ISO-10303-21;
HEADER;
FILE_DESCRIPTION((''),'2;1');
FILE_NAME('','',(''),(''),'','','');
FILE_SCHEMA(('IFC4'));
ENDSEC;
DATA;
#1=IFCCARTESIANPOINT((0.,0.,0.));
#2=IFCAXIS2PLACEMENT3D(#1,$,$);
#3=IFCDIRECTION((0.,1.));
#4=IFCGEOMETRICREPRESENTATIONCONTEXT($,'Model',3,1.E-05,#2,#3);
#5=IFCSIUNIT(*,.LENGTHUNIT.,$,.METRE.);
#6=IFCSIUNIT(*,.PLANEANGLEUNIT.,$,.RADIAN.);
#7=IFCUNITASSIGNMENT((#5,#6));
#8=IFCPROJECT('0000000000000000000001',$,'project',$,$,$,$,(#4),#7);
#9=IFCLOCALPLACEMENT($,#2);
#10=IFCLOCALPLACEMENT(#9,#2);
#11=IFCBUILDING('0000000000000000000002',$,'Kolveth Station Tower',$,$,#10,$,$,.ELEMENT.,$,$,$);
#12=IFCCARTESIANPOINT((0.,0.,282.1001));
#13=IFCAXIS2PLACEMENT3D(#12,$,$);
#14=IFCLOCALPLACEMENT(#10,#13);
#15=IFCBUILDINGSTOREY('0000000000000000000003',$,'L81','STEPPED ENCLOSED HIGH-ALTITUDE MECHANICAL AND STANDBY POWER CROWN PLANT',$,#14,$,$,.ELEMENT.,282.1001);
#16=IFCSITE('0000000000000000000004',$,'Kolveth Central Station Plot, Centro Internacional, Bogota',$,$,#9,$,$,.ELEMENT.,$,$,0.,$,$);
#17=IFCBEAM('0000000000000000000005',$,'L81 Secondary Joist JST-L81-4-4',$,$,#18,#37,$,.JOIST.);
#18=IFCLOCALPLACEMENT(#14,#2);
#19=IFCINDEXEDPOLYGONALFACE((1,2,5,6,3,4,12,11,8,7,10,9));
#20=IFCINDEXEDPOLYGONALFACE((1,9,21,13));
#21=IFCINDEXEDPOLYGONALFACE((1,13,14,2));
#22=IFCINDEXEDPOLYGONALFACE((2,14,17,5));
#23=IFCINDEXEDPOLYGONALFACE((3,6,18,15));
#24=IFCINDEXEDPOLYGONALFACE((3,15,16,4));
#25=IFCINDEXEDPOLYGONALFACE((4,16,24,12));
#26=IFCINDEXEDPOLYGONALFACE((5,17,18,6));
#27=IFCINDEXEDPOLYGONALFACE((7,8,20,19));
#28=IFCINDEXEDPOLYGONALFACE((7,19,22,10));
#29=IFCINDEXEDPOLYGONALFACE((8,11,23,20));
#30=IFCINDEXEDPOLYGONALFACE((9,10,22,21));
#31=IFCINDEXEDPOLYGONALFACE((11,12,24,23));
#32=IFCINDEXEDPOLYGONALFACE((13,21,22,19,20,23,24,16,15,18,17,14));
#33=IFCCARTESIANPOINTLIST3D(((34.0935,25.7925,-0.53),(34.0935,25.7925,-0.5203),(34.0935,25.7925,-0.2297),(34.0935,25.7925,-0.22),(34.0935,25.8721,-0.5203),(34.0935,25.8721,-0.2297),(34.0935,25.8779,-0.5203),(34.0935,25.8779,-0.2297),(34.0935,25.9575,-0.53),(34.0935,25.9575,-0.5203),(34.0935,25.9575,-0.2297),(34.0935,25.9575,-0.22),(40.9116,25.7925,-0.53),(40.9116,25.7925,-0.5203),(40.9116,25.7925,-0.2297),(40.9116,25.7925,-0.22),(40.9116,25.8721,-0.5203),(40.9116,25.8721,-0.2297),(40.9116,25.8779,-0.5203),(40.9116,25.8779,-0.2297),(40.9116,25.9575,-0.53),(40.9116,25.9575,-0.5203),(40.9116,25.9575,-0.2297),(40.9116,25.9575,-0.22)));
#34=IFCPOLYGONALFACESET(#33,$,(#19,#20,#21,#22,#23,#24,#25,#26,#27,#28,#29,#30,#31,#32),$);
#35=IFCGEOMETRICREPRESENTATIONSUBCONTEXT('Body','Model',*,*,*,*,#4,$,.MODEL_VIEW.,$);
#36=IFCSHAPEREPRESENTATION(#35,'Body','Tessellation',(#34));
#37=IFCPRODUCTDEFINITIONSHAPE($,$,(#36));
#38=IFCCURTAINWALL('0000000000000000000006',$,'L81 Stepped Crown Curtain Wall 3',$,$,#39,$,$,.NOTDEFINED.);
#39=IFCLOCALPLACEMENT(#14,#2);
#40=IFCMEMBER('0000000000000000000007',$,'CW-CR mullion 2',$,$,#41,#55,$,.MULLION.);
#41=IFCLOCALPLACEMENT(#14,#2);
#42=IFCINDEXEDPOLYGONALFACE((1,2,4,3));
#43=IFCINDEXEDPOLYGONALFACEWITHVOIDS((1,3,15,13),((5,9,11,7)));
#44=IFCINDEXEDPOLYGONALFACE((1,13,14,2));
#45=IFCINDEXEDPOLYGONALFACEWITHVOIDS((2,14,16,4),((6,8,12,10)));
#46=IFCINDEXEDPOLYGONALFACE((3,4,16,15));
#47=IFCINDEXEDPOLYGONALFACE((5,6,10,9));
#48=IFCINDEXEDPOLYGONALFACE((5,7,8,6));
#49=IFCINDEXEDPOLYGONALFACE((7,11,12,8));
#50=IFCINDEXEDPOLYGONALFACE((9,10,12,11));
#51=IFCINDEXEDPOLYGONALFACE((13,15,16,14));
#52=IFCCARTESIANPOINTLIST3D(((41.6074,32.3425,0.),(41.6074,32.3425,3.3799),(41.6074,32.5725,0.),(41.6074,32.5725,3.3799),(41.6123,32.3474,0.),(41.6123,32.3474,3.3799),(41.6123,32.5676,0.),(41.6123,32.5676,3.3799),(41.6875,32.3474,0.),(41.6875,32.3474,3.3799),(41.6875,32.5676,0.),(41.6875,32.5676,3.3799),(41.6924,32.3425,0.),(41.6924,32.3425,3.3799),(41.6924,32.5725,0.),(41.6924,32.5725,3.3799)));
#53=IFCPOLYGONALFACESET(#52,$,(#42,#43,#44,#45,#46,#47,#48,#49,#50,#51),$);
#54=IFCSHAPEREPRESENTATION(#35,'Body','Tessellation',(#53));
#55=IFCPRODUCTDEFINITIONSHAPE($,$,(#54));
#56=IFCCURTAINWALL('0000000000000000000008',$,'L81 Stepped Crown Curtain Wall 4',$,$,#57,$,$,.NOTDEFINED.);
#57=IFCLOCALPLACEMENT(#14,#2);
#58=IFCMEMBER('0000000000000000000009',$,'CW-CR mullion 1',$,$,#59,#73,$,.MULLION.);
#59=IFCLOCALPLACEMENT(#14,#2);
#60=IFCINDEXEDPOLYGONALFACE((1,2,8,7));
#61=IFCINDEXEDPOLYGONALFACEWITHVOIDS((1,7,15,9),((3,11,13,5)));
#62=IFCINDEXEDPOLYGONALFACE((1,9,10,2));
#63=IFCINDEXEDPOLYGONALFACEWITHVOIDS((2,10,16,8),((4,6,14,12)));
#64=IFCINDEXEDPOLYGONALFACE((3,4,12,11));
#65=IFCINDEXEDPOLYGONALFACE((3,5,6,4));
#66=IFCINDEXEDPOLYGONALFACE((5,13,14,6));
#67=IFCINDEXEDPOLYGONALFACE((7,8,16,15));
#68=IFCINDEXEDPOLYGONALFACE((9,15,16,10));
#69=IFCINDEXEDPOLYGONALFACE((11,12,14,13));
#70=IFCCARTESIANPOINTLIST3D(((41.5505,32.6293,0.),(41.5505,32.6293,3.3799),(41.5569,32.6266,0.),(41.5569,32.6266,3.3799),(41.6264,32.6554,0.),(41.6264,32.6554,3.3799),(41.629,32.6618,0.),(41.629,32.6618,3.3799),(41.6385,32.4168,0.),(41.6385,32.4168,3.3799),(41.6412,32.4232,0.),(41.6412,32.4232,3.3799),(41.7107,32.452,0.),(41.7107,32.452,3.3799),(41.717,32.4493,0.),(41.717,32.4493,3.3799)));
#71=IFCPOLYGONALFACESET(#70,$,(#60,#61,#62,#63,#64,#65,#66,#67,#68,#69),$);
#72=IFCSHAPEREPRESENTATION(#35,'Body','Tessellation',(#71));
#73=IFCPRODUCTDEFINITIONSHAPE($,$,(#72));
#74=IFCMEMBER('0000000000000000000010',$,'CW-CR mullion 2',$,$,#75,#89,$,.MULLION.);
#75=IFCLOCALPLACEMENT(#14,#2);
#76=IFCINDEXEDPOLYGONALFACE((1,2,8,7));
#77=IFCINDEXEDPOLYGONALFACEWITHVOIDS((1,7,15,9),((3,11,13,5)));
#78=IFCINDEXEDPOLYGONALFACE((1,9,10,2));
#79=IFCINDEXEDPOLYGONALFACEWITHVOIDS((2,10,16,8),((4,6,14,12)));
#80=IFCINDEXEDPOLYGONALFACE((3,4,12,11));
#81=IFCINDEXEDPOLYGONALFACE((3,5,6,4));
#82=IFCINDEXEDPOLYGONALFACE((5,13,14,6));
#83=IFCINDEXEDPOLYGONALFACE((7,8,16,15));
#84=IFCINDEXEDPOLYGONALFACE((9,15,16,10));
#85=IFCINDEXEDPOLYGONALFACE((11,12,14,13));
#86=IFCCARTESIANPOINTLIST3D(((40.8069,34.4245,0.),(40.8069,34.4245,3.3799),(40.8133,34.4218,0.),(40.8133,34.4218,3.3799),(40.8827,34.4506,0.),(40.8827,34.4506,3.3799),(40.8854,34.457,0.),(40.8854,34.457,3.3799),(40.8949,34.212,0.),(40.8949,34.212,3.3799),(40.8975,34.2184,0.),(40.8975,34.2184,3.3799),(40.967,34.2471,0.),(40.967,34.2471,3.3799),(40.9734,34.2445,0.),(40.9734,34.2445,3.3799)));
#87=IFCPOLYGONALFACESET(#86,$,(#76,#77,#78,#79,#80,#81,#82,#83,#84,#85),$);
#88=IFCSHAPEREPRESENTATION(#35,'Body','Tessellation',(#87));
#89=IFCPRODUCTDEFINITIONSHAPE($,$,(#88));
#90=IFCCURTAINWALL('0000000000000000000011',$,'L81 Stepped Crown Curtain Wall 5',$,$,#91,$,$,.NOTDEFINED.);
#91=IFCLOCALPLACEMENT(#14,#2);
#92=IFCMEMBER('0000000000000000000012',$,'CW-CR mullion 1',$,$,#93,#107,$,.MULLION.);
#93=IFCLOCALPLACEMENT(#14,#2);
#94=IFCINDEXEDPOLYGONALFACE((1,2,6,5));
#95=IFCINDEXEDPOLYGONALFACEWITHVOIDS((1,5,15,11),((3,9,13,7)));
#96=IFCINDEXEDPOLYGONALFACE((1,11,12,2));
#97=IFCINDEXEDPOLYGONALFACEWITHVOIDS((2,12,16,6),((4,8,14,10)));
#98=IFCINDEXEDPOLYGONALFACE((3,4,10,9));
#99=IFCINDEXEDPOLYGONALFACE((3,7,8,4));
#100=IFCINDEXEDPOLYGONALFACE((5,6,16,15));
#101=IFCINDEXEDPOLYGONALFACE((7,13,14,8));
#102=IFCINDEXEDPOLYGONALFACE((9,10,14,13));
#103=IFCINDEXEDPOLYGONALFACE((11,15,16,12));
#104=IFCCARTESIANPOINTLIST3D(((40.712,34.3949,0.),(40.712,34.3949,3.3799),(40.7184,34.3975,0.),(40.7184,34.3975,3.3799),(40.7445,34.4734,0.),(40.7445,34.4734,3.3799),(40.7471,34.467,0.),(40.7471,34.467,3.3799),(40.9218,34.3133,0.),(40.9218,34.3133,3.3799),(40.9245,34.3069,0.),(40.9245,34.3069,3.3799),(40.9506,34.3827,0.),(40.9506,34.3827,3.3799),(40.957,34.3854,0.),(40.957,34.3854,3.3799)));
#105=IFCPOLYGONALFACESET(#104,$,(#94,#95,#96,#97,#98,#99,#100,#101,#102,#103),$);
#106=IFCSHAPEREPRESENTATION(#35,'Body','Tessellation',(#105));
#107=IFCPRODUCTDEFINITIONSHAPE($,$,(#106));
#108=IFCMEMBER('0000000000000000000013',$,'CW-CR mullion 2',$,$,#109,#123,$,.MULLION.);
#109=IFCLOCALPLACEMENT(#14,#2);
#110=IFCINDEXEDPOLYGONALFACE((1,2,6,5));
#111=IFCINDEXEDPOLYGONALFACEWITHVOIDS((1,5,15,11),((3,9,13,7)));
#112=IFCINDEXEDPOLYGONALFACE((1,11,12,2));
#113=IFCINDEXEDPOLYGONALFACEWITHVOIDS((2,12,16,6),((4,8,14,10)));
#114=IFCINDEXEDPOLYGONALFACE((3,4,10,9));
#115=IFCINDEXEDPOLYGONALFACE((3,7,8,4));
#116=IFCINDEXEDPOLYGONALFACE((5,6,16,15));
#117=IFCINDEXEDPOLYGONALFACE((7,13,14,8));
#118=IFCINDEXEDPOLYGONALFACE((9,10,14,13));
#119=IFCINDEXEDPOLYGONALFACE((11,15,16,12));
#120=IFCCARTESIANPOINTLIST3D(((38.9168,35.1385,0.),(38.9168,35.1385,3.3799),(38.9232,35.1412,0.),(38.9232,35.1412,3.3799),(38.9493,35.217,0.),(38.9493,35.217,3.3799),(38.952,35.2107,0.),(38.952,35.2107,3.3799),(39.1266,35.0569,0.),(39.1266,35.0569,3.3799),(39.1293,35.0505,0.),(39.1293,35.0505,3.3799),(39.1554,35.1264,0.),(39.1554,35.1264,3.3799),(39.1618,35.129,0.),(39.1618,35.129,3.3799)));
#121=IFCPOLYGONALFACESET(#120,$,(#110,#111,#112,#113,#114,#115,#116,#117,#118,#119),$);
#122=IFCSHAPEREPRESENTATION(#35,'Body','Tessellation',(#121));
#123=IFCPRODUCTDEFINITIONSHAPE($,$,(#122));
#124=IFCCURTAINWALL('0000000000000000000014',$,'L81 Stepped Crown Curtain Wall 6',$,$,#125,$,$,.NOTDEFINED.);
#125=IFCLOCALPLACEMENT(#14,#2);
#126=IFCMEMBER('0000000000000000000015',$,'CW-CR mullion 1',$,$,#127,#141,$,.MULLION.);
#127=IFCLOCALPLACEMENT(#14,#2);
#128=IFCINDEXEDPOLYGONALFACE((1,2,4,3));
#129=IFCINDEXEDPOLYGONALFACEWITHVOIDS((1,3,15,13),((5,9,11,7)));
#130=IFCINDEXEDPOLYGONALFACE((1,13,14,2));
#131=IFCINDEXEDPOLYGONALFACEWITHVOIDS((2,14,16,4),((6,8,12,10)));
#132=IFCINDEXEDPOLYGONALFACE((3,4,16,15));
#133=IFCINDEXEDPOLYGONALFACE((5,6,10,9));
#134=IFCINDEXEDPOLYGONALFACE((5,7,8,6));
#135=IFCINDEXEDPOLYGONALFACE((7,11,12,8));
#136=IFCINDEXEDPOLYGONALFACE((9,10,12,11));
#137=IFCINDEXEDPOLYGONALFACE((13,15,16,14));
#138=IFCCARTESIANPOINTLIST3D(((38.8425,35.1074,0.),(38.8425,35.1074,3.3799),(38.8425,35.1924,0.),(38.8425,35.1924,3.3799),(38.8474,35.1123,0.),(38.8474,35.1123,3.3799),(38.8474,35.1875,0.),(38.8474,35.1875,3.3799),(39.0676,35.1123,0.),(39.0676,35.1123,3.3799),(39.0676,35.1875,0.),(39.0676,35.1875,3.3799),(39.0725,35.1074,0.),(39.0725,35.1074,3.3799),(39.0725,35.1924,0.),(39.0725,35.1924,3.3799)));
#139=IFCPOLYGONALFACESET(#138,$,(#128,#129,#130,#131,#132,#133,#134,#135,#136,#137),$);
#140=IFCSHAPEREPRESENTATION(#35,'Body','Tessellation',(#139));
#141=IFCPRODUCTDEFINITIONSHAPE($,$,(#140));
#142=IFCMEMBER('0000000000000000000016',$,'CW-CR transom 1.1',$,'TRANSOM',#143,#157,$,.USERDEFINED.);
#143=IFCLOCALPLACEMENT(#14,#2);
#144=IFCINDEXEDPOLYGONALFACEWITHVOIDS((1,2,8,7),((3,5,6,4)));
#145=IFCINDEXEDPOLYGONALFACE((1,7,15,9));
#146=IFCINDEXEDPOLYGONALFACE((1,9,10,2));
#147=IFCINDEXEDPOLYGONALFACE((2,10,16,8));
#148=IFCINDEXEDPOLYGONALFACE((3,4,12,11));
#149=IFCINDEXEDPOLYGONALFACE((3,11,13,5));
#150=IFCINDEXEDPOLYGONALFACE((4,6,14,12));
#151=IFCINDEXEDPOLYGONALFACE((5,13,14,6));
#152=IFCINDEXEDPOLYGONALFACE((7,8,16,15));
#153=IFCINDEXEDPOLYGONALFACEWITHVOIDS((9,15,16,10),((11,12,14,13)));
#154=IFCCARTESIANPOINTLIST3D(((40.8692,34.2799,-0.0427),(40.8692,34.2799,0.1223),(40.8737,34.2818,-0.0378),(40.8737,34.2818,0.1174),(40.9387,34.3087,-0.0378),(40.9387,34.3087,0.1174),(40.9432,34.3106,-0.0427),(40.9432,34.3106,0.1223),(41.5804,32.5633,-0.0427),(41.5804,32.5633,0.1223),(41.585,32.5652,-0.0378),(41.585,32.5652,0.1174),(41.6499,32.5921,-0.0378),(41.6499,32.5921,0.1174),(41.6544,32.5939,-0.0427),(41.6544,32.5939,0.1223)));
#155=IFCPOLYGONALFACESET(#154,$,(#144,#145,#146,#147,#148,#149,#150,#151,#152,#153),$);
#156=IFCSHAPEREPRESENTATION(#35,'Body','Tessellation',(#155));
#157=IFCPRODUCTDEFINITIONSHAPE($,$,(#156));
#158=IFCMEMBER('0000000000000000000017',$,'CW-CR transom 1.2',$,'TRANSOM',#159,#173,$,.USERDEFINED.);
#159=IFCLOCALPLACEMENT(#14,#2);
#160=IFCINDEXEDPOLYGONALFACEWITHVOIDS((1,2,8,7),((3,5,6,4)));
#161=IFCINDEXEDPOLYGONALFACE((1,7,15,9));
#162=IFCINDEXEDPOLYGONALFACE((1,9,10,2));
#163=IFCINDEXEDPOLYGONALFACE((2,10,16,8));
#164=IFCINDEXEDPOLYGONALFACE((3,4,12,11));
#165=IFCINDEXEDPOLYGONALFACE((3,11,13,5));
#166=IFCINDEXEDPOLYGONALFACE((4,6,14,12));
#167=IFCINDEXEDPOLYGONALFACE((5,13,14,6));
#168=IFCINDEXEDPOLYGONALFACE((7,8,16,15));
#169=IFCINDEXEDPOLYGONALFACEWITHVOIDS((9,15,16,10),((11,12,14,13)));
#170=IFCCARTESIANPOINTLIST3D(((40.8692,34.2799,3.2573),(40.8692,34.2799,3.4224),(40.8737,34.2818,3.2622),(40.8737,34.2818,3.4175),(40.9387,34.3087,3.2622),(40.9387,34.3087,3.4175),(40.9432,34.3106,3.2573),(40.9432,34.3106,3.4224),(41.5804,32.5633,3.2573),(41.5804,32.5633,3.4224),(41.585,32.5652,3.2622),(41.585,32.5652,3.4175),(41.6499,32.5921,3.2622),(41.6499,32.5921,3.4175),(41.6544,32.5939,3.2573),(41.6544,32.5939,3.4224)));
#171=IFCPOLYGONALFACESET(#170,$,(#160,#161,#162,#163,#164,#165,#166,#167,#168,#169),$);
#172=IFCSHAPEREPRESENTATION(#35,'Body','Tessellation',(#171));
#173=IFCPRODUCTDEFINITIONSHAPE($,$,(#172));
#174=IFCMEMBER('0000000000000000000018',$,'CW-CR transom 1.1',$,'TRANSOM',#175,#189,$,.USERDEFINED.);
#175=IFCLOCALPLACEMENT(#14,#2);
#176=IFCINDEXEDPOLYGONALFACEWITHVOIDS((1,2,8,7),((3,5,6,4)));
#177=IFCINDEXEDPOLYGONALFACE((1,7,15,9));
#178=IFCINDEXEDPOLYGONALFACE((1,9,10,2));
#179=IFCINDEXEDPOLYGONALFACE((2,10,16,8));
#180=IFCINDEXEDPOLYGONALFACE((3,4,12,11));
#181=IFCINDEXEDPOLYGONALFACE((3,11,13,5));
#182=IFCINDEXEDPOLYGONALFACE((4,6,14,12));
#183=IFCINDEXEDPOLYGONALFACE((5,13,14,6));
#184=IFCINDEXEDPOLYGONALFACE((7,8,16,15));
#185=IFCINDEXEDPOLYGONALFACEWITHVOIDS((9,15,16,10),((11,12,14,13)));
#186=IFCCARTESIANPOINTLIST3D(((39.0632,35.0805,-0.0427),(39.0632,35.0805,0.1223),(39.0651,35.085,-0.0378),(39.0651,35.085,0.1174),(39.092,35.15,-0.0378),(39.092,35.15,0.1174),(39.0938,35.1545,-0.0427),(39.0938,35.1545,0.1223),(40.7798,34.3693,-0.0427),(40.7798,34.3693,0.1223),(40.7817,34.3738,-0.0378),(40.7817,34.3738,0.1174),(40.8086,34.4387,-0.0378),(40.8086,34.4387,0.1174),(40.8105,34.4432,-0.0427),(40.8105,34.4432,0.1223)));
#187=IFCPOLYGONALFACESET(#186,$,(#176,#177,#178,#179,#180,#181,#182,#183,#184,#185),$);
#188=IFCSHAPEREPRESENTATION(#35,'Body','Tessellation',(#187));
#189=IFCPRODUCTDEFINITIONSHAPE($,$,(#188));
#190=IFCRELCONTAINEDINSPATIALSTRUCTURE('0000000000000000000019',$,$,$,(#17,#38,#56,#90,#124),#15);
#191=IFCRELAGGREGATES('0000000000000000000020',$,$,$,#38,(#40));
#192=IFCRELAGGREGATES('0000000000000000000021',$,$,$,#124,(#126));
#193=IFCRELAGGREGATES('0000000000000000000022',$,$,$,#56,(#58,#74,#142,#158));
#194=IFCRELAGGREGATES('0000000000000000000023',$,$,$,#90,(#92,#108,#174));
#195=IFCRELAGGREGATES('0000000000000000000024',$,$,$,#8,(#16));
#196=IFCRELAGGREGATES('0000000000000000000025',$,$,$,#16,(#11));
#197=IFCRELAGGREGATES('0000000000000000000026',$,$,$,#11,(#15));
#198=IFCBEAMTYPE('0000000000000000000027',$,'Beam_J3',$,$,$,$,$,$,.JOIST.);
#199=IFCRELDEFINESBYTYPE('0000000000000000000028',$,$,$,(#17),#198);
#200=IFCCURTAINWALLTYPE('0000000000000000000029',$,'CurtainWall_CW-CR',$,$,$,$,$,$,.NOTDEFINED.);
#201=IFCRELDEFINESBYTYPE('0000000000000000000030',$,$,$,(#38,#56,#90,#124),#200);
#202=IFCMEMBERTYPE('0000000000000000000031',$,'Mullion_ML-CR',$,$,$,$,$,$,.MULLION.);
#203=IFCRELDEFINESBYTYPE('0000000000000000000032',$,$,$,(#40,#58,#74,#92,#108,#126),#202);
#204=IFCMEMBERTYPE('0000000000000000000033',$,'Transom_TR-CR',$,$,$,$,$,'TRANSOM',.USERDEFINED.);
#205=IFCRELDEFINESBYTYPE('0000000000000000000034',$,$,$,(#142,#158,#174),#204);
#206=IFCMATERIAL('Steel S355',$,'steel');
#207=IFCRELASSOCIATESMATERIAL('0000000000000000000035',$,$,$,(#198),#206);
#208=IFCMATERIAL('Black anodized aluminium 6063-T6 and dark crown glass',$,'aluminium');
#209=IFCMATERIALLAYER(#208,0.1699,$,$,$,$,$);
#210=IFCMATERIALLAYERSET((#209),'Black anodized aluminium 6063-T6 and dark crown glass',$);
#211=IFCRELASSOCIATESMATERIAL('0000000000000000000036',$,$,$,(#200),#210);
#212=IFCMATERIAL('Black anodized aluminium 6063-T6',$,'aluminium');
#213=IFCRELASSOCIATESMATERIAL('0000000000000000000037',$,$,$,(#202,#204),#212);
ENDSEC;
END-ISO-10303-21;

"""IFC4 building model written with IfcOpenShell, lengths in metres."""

from ifc_helpers import new_model, si_unit, direction, frame, origin, origin_2d, place, context, subcontext, project, spatial, hollow_rectangle, i_section, extrude, source, transform, mapped, material, layer, layer_set, material_profile, profile_set, type_object, element, aggregate, save


model = new_model("IFC4")

# Units and contexts
model_context = context("Model", 3, precision=1e-05, world=origin(), true_north=direction((0.0, 1.0)))
body_context = subcontext(model_context, "Body", "Model", "MODEL_VIEW")
ifc_project = project(units=[si_unit("LENGTHUNIT", "METRE"), si_unit("PLANEANGLEUNIT", "RADIAN")], contexts=[model_context])

# Site, building, storey
site_placement = place(None, origin())
site = spatial("IfcSite", under=ifc_project, at=site_placement, Name="Kolveth Central Station Plot, Centro Internacional, Bogota", CompositionType="ELEMENT", RefElevation=0.0)
building_placement = place(site_placement, origin())
building = spatial("IfcBuilding", under=site, at=building_placement, Name="Kolveth Station Tower", CompositionType="ELEMENT")
storey_placement = place(building_placement, frame((0.0, 0.0, 282.1001)))
storey = spatial("IfcBuildingStorey", under=building, at=storey_placement, Name="L81", Description="STEPPED ENCLOSED HIGH-ALTITUDE MECHANICAL AND STANDBY POWER CROWN PLANT", CompositionType="ELEMENT", Elevation=282.1001)

# Shared definitions
ifc_material_1 = material(Name="Steel S355", Category="steel")

# Beam
ifc_material_profile_1 = material_profile(ifc_material_1, i_section(OverallWidth=0.165, OverallDepth=0.3101, WebThickness=0.0059, FlangeThickness=0.0098, at=origin_2d()), Name="W310x39")
ifc_profile_set_1 = profile_set([ifc_material_profile_1], Name="Steel S355")
beam_type_1 = type_object("IfcBeamType", Name="Beam_J3", PredefinedType="JOIST", material=ifc_profile_set_1)
shared_shape_1 = source(origin(), body_context, "Body", "SweptSolid", [
    extrude(i_section(OverallWidth=0.165, OverallDepth=0.3101, WebThickness=0.0059, FlangeThickness=0.0098, at=origin_2d()), origin(), (0.0, 0.0, 1.0), 6.8181),
])
beam_1_placement = place(storey_placement, frame((34.0935, 25.875, -0.375), z_axis=(1.0, 0.0, 0.0), x_axis=(0.0, 1.0, 0.0)))
element("IfcBeam", 1, at=beam_1_placement, inside=storey, type_object=beam_type_1, Name="L81 Secondary Joist JST-L81-4-4", PredefinedType="JOIST", context=body_context, shape_type="MappedRepresentation", body=[
    mapped(shared_shape_1, transform((0.0, 0.0, 0.0), x_axis=(1.0, 0.0, 0.0), y_axis=(0.0, 1.0, 0.0), z_axis=(0.0, 0.0, 1.0), scale=1.0)),
])

# Curtain wall, member
ifc_material_2 = material(Name="Black anodized aluminium 6063-T6 and dark crown glass", Category="aluminium")
ifc_layer_1 = layer(ifc_material_2, 0.1699)
ifc_layer_set_1 = layer_set([ifc_layer_1], Name="Black anodized aluminium 6063-T6 and dark crown glass")
curtain_wall_type = type_object("IfcCurtainWallType", Name="CurtainWall_CW-CR", PredefinedType="NOTDEFINED", material=ifc_layer_set_1)
curtain_wall_1_placement = place(storey_placement, origin())
curtain_wall_1 = element("IfcCurtainWall", 2, at=curtain_wall_1_placement, inside=storey, type_object=curtain_wall_type, Name="L81 Stepped Crown Curtain Wall 3", PredefinedType="NOTDEFINED")
ifc_material_3 = material(Name="Black anodized aluminium 6063-T6", Category="aluminium")
ifc_material_profile_2 = material_profile(ifc_material_3, hollow_rectangle(XDim=0.085, YDim=0.23, WallThickness=0.0049, at=origin_2d()), Name="ALU-85x230x5")
ifc_profile_set_2 = profile_set([ifc_material_profile_2], Name="Black anodized aluminium 6063-T6")
member_type_1 = type_object("IfcMemberType", Name="Mullion_ML-CR", PredefinedType="MULLION", material=ifc_profile_set_2)
shared_shape_2 = source(origin(), body_context, "Body", "SweptSolid", [
    extrude(hollow_rectangle(XDim=0.085, YDim=0.23, WallThickness=0.0049, at=origin_2d()), origin(), (0.0, 0.0, 1.0), 3.3799),
])
member_1_placement = place(storey_placement, frame((41.6499, 32.4575, 0.0), z_axis=(0.0, 0.0, 1.0), x_axis=(-1.0, 0.0, 0.0)))
member_1 = element("IfcMember", 3, at=member_1_placement, type_object=member_type_1, Name="CW-CR mullion 2", PredefinedType="MULLION", context=body_context, shape_type="MappedRepresentation", body=[
    mapped(shared_shape_2, transform((0.0, 0.0, 0.0), x_axis=(1.0, 0.0, 0.0), y_axis=(0.0, 1.0, 0.0), z_axis=(0.0, 0.0, 1.0), scale=1.0)),
])
aggregate(curtain_wall_1, [member_1])

# Curtain walls, members
curtain_wall_2_placement = place(storey_placement, origin())
curtain_wall_2 = element("IfcCurtainWall", 4, at=curtain_wall_2_placement, inside=storey, type_object=curtain_wall_type, Name="L81 Stepped Crown Curtain Wall 4", PredefinedType="NOTDEFINED")
member_2_placement = place(storey_placement, frame((41.6338, 32.5393, 0.0), z_axis=(0.0, 0.0, 1.0), x_axis=(-0.923871, -0.382703, 0.0)))
member_2 = element("IfcMember", 5, at=member_2_placement, type_object=member_type_1, Name="CW-CR mullion 1", PredefinedType="MULLION", context=body_context, shape_type="MappedRepresentation", body=[
    mapped(shared_shape_2, transform((0.0, 0.0, 0.0), x_axis=(1.0, 0.0, 0.0), y_axis=(0.0, 1.0, 0.0), z_axis=(0.0, 0.0, 1.0), scale=1.0)),
])
member_3_placement = place(storey_placement, frame((40.8901, 34.3345, 0.0), z_axis=(0.0, 0.0, 1.0), x_axis=(-0.923871, -0.382703, 0.0)))
member_3 = element("IfcMember", 6, at=member_3_placement, type_object=member_type_1, Name="CW-CR mullion 2", PredefinedType="MULLION", context=body_context, shape_type="MappedRepresentation", body=[
    mapped(shared_shape_2, transform((0.0, 0.0, 0.0), x_axis=(1.0, 0.0, 0.0), y_axis=(0.0, 1.0, 0.0), z_axis=(0.0, 0.0, 1.0), scale=1.0)),
])
curtain_wall_3_placement = place(storey_placement, origin())
curtain_wall_3 = element("IfcCurtainWall", 7, at=curtain_wall_3_placement, inside=storey, type_object=curtain_wall_type, Name="L81 Stepped Crown Curtain Wall 5", PredefinedType="NOTDEFINED")
member_4_placement = place(storey_placement, frame((40.8345, 34.3901, 0.0), z_axis=(0.0, 0.0, 1.0), x_axis=(-0.382703, -0.923871, 0.0)))
member_4 = element("IfcMember", 8, at=member_4_placement, type_object=member_type_1, Name="CW-CR mullion 1", PredefinedType="MULLION", context=body_context, shape_type="MappedRepresentation", body=[
    mapped(shared_shape_2, transform((0.0, 0.0, 0.0), x_axis=(1.0, 0.0, 0.0), y_axis=(0.0, 1.0, 0.0), z_axis=(0.0, 0.0, 1.0), scale=1.0)),
])
member_5_placement = place(storey_placement, frame((39.0393, 35.1338, 0.0), z_axis=(0.0, 0.0, 1.0), x_axis=(-0.382703, -0.923871, 0.0)))
member_5 = element("IfcMember", 9, at=member_5_placement, type_object=member_type_1, Name="CW-CR mullion 2", PredefinedType="MULLION", context=body_context, shape_type="MappedRepresentation", body=[
    mapped(shared_shape_2, transform((0.0, 0.0, 0.0), x_axis=(1.0, 0.0, 0.0), y_axis=(0.0, 1.0, 0.0), z_axis=(0.0, 0.0, 1.0), scale=1.0)),
])

# Curtain wall, member
curtain_wall_4_placement = place(storey_placement, origin())
curtain_wall_4 = element("IfcCurtainWall", 10, at=curtain_wall_4_placement, inside=storey, type_object=curtain_wall_type, Name="L81 Stepped Crown Curtain Wall 6", PredefinedType="NOTDEFINED")
member_6_placement = place(storey_placement, frame((38.9575, 35.1499, 0.0), z_axis=(0.0, 0.0, 1.0), x_axis=(0.0, -1.0, 0.0)))
member_6 = element("IfcMember", 11, at=member_6_placement, type_object=member_type_1, Name="CW-CR mullion 1", PredefinedType="MULLION", context=body_context, shape_type="MappedRepresentation", body=[
    mapped(shared_shape_2, transform((0.0, 0.0, 0.0), x_axis=(1.0, 0.0, 0.0), y_axis=(0.0, 1.0, 0.0), z_axis=(0.0, 0.0, 1.0), scale=1.0)),
])

# Members
ifc_material_profile_3 = material_profile(ifc_material_3, hollow_rectangle(XDim=0.0801, YDim=0.165, WallThickness=0.0049, at=origin_2d()), Name="ALU-80x165x5")
ifc_profile_set_3 = profile_set([ifc_material_profile_3], Name="Black anodized aluminium 6063-T6")
member_type_2 = type_object("IfcMemberType", Name="Transom_TR-CR", ElementType="TRANSOM", PredefinedType="USERDEFINED", material=ifc_profile_set_3)
shared_shape_3 = source(origin(), body_context, "Body", "SweptSolid", [
    extrude(hollow_rectangle(XDim=0.0801, YDim=0.165, WallThickness=0.0049, at=origin_2d()), origin(), (0.0, 0.0, 1.0), 1.8582),
])
member_7_placement = place(storey_placement, frame((41.6174, 32.5786, 0.0398), z_axis=(-0.382758, 0.923849, 0.0), x_axis=(-0.923849, -0.382758, 0.0)))
member_7 = element("IfcMember", 12, at=member_7_placement, type_object=member_type_2, Name="CW-CR transom 1.1", ObjectType="TRANSOM", PredefinedType="USERDEFINED", context=body_context, shape_type="MappedRepresentation", body=[
    mapped(shared_shape_3, transform((0.0, 0.0, 0.0), x_axis=(1.0, 0.0, 0.0), y_axis=(0.0, 1.0, 0.0), z_axis=(0.0, 0.0, 1.0), scale=1.0)),
])
member_8_placement = place(storey_placement, frame((41.6174, 32.5786, 3.3398), z_axis=(-0.382758, 0.923849, 0.0), x_axis=(-0.923849, -0.382758, 0.0)))
member_8 = element("IfcMember", 13, at=member_8_placement, type_object=member_type_2, Name="CW-CR transom 1.2", ObjectType="TRANSOM", PredefinedType="USERDEFINED", context=body_context, shape_type="MappedRepresentation", body=[
    mapped(shared_shape_3, transform((0.0, 0.0, 0.0), x_axis=(1.0, 0.0, 0.0), y_axis=(0.0, 1.0, 0.0), z_axis=(0.0, 0.0, 1.0), scale=1.0)),
])
member_9_placement = place(storey_placement, frame((40.7952, 34.4062, 0.0398), z_axis=(-0.923849, 0.382758, 0.0), x_axis=(-0.382758, -0.923849, 0.0)))
member_9 = element("IfcMember", 14, at=member_9_placement, type_object=member_type_2, Name="CW-CR transom 1.1", ObjectType="TRANSOM", PredefinedType="USERDEFINED", context=body_context, shape_type="MappedRepresentation", body=[
    mapped(shared_shape_3, transform((0.0, 0.0, 0.0), x_axis=(1.0, 0.0, 0.0), y_axis=(0.0, 1.0, 0.0), z_axis=(0.0, 0.0, 1.0), scale=1.0)),
])
aggregate(curtain_wall_4, [member_6])

aggregate(curtain_wall_2, [member_2, member_3, member_7, member_8])
aggregate(curtain_wall_3, [member_4, member_5, member_9])

save(model, "model.ifc")
